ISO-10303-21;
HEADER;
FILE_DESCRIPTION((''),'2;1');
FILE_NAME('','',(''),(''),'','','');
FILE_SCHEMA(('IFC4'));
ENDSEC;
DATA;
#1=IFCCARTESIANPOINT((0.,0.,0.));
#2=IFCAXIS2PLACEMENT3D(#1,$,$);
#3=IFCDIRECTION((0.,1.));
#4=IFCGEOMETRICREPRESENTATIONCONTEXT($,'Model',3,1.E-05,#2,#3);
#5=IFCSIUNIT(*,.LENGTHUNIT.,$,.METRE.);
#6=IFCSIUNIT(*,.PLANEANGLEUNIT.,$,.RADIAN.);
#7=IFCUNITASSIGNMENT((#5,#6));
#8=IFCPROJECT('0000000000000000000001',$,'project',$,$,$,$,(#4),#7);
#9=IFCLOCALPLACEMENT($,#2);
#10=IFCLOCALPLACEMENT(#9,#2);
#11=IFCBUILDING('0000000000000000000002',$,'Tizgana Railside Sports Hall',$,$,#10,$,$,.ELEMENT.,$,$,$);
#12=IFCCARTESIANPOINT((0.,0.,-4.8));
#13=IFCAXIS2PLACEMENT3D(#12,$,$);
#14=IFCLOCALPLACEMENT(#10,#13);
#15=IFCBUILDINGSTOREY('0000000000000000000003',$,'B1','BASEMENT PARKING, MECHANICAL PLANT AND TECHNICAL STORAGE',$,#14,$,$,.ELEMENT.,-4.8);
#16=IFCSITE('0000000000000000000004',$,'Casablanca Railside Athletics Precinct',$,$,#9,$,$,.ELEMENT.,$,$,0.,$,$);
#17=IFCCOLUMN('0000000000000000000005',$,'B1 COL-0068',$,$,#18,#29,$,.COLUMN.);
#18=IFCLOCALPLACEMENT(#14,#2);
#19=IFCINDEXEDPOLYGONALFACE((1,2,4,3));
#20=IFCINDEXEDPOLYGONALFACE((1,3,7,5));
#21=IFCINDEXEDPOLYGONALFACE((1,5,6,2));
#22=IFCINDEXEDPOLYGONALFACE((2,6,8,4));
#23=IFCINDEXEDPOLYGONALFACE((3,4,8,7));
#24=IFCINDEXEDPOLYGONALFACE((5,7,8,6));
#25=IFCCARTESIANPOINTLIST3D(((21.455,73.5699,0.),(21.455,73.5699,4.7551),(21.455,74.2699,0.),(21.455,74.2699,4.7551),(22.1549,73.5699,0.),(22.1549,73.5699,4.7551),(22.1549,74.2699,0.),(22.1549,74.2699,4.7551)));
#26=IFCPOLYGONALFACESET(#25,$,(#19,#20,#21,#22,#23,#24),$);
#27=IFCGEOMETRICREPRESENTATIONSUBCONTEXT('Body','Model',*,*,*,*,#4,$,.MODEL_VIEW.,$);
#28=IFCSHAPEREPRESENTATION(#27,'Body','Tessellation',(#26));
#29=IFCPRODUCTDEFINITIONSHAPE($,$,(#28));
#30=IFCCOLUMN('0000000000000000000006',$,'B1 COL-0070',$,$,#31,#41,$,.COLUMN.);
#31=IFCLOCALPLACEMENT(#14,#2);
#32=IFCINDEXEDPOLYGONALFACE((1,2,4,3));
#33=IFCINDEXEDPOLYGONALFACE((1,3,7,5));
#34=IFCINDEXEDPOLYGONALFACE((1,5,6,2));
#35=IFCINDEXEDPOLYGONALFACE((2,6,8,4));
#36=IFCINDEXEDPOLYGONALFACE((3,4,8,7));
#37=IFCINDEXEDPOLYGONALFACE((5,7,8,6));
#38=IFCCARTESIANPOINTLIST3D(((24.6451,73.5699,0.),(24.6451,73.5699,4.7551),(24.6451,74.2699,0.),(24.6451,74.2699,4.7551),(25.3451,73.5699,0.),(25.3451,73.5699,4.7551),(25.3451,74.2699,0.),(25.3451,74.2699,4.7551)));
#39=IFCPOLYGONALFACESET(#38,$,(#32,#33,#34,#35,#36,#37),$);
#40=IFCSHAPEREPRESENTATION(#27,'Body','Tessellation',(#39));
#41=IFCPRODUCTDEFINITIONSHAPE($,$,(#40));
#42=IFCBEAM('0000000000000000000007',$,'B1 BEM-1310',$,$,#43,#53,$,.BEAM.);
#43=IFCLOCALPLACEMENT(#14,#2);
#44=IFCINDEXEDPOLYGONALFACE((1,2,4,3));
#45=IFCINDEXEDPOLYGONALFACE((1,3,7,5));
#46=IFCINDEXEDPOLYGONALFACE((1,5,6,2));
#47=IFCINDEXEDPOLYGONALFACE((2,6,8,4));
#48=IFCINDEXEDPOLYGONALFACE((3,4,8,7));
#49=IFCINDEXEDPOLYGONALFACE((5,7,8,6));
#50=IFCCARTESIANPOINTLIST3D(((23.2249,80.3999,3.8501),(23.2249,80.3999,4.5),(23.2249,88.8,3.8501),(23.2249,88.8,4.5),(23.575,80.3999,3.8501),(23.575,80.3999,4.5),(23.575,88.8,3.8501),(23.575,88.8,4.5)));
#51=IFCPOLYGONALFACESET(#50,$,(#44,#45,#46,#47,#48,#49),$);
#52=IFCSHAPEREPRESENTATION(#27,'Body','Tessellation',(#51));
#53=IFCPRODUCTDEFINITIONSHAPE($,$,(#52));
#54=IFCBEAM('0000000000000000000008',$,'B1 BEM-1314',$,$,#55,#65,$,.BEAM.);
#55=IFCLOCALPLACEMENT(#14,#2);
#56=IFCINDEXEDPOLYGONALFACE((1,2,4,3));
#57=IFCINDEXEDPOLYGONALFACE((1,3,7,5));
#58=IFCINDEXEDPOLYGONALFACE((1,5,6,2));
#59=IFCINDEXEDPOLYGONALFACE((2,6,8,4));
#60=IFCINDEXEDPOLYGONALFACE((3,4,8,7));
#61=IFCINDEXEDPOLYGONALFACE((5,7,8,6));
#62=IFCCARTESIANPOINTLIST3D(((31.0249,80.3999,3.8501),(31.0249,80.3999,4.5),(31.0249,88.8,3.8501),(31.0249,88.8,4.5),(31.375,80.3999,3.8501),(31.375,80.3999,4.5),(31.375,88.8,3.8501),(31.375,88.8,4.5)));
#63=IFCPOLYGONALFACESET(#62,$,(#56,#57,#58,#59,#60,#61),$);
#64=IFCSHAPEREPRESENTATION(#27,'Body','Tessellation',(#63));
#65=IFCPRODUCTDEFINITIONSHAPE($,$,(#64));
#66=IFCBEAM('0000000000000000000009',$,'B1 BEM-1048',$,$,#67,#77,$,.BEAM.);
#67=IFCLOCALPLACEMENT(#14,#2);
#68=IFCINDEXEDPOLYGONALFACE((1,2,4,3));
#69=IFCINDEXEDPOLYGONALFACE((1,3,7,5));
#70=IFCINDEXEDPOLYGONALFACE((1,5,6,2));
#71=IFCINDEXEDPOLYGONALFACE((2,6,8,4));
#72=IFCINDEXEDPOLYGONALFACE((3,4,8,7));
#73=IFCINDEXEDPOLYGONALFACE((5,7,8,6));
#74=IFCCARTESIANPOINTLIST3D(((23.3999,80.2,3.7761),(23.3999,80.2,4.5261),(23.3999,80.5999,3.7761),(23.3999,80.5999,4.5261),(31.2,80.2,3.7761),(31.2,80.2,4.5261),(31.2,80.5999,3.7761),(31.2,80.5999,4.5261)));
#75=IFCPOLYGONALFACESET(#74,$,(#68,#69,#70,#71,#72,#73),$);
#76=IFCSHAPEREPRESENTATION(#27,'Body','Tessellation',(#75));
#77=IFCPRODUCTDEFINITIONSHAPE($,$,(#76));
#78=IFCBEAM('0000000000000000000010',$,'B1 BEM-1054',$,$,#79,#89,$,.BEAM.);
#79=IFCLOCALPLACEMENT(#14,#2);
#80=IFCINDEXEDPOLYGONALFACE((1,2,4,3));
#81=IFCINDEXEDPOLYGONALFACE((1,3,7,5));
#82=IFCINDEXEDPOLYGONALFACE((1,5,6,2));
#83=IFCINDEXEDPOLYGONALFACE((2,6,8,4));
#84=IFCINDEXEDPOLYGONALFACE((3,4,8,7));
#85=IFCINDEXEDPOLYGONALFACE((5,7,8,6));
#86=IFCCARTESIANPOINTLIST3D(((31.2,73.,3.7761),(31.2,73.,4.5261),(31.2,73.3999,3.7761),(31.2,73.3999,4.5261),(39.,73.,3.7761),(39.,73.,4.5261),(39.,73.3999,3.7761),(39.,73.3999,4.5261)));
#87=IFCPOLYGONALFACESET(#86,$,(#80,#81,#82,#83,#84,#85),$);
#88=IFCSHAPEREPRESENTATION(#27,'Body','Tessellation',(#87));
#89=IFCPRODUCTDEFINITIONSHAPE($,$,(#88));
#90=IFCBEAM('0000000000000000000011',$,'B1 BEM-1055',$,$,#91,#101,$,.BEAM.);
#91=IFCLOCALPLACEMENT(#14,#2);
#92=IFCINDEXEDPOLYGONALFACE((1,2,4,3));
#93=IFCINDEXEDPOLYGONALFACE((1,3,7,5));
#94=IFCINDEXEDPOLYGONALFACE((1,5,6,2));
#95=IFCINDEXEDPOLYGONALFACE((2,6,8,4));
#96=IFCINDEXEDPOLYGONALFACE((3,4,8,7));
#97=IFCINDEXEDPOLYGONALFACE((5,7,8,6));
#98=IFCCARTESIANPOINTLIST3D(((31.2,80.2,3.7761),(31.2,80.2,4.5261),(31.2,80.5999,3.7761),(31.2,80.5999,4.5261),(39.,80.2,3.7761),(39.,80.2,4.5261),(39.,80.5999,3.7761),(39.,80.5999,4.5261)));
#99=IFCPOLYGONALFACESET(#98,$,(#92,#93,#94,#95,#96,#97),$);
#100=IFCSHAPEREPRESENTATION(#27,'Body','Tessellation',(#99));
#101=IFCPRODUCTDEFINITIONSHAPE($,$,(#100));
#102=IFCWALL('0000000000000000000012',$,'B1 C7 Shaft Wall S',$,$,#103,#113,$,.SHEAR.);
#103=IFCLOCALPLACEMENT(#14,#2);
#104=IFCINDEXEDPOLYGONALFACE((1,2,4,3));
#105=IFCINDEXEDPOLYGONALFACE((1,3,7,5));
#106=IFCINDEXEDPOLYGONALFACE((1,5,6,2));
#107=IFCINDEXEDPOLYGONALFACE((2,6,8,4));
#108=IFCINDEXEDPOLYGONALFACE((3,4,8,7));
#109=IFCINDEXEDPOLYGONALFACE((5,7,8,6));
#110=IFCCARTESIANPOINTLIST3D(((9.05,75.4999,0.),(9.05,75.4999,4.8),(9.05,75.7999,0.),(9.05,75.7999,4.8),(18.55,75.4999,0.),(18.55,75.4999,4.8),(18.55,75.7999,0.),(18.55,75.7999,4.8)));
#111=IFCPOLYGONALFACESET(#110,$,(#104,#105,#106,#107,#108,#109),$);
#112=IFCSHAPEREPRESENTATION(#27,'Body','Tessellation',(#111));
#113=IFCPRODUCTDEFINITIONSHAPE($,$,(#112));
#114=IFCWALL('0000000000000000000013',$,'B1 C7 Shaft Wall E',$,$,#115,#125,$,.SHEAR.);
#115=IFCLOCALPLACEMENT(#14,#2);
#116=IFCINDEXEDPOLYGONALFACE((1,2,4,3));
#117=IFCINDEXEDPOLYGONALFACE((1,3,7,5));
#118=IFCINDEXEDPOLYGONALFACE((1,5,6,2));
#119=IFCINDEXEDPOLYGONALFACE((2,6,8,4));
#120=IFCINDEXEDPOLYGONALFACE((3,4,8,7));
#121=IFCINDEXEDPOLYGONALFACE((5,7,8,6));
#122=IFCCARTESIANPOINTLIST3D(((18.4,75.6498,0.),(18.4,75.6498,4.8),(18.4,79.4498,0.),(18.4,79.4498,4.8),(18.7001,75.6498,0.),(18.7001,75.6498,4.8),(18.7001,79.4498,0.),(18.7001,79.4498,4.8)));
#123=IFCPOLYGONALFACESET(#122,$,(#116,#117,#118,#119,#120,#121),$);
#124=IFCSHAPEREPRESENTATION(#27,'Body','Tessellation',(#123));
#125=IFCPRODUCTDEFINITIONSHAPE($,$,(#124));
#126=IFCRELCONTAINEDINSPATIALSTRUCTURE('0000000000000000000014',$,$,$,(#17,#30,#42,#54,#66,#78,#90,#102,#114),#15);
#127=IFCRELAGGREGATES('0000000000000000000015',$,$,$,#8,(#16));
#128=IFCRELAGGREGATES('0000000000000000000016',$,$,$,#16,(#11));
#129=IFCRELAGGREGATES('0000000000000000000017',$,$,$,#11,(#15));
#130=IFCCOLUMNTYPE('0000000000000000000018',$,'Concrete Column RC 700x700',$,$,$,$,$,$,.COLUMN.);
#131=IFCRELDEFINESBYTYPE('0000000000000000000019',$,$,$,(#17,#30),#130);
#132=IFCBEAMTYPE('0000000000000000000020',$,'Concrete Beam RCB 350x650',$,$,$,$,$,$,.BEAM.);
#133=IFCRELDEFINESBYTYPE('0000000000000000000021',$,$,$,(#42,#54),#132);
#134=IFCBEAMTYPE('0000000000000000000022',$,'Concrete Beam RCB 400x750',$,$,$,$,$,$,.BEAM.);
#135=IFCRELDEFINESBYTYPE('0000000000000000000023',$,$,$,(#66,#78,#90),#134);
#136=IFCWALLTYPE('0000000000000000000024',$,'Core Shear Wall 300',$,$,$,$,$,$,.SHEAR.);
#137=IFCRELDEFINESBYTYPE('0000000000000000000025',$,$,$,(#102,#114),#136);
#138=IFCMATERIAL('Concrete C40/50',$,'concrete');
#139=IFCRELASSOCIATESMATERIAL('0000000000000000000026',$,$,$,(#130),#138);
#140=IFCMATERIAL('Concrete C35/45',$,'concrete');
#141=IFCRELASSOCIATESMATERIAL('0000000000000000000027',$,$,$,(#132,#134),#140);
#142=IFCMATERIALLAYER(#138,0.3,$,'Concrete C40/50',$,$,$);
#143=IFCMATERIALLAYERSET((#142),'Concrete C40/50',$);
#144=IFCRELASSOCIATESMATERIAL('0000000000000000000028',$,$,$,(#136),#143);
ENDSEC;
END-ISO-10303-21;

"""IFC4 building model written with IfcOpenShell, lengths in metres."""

from ifc_helpers import new_model, si_unit, direction, frame, frame_2d, origin, origin_2d, place, context, subcontext, project, spatial, rectangle, extrude, material, layer, layer_set, material_profile, profile_set, type_object, element, save


model = new_model("IFC4")

# Units and contexts
model_context = context("Model", 3, precision=1e-05, world=origin(), true_north=direction((0.0, 1.0)))
body_context = subcontext(model_context, "Body", "Model", "MODEL_VIEW")
ifc_project = project(units=[si_unit("LENGTHUNIT", "METRE"), si_unit("PLANEANGLEUNIT", "RADIAN")], contexts=[model_context])

# Site, building, storey
site_placement = place(None, origin())
site = spatial("IfcSite", under=ifc_project, at=site_placement, Name="Casablanca Railside Athletics Precinct", CompositionType="ELEMENT", RefElevation=0.0)
building_placement = place(site_placement, origin())
building = spatial("IfcBuilding", under=site, at=building_placement, Name="Tizgana Railside Sports Hall", CompositionType="ELEMENT")
storey_placement = place(building_placement, frame((0.0, 0.0, -4.8)))
storey = spatial("IfcBuildingStorey", under=building, at=storey_placement, Name="B1", Description="BASEMENT PARKING, MECHANICAL PLANT AND TECHNICAL STORAGE", CompositionType="ELEMENT", Elevation=-4.8)

# Shared definitions
ifc_material_1 = material(Name="Concrete C35/45", Category="concrete")

# Columns
ifc_material_2 = material(Name="Concrete C40/50", Category="concrete")
ifc_material_profile_1 = material_profile(ifc_material_2, rectangle(XDim=0.7, YDim=0.7, at=origin_2d()), Name="RC 700x700")
ifc_profile_set_1 = profile_set([ifc_material_profile_1], Name="Concrete C40/50")
column_type_1 = type_object("IfcColumnType", Name="Concrete Column RC 700x700", PredefinedType="COLUMN", material=ifc_profile_set_1)
for number, where, z_axis, x_axis, name in (
    (1, (21.8049, 73.9199, 0.0), (0.0, 0.0, 1.0), (1.0, 0.0, 0.0), "B1 COL-0068"),
    (2, (24.9951, 73.9199, 0.0), (0.0, 0.0, 1.0), (1.0, 0.0, 0.0), "B1 COL-0070"),
):
    element("IfcColumn", number, at=place(storey_placement, frame(where, z_axis=z_axis, x_axis=x_axis)), inside=storey, type_object=column_type_1, Name=name, PredefinedType="COLUMN", context=body_context, shape_type="SweptSolid", body=[
        extrude(rectangle(XDim=0.7, YDim=0.7, at=origin_2d()), origin(), (0.0, 0.0, 1.0), 4.7551),
    ])

# Beams
ifc_material_profile_2 = material_profile(ifc_material_1, rectangle(XDim=0.3501, YDim=0.6499, at=origin_2d()), Name="RCB 350x650")
ifc_profile_set_2 = profile_set([ifc_material_profile_2], Name="Concrete C35/45")
beam_type_1 = type_object("IfcBeamType", Name="Concrete Beam RCB 350x650", PredefinedType="BEAM", material=ifc_profile_set_2)
for number, where, z_axis, x_axis, name in (
    (3, (23.3999, 80.3999, 4.175), (0.0, 1.0, 0.0), (-1.0, 0.0, 0.0), "B1 BEM-1310"),
    (4, (31.2, 80.3999, 4.175), (0.0, 1.0, 0.0), (-1.0, 0.0, 0.0), "B1 BEM-1314"),
):
    element("IfcBeam", number, at=place(storey_placement, frame(where, z_axis=z_axis, x_axis=x_axis)), inside=storey, type_object=beam_type_1, Name=name, PredefinedType="BEAM", context=body_context, shape_type="SweptSolid", body=[
        extrude(rectangle(XDim=0.3501, YDim=0.6499, at=origin_2d()), origin(), (0.0, 0.0, 1.0), 8.4001),
    ])
ifc_material_profile_3 = material_profile(ifc_material_1, rectangle(XDim=0.3999, YDim=0.75, at=origin_2d()), Name="RCB 400x750")
ifc_profile_set_3 = profile_set([ifc_material_profile_3], Name="Concrete C35/45")
beam_type_2 = type_object("IfcBeamType", Name="Concrete Beam RCB 400x750", PredefinedType="BEAM", material=ifc_profile_set_3)
for number, where, z_axis, x_axis, name in (
    (5, (23.3999, 80.3999, 4.1511), (1.0, 0.0, 0.0), (0.0, 1.0, 0.0), "B1 BEM-1048"),
    (6, (31.2, 73.2, 4.1511), (1.0, 0.0, 0.0), (0.0, 1.0, 0.0), "B1 BEM-1054"),
    (7, (31.2, 80.3999, 4.1511), (1.0, 0.0, 0.0), (0.0, 1.0, 0.0), "B1 BEM-1055"),
):
    element("IfcBeam", number, at=place(storey_placement, frame(where, z_axis=z_axis, x_axis=x_axis)), inside=storey, type_object=beam_type_2, Name=name, PredefinedType="BEAM", context=body_context, shape_type="SweptSolid", body=[
        extrude(rectangle(XDim=0.3999, YDim=0.75, at=origin_2d()), origin(), (0.0, 0.0, 1.0), 7.8),
    ])

# Walls
ifc_layer = layer(ifc_material_2, 0.3, Name="Concrete C40/50")
ifc_layer_set = layer_set([ifc_layer], Name="Concrete C40/50")
wall_type = type_object("IfcWallType", Name="Core Shear Wall 300", PredefinedType="SHEAR", material=ifc_layer_set)
wall_1_placement = place(storey_placement, frame((18.55, 75.6499, 0.0), z_axis=(0.0, 0.0, 1.0), x_axis=(-1.0, 0.0, 0.0)))
element("IfcWall", 8, at=wall_1_placement, inside=storey, type_object=wall_type, Name="B1 C7 Shaft Wall S", PredefinedType="SHEAR", context=body_context, shape_type="SweptSolid", body=[
    extrude(rectangle(XDim=9.5, YDim=0.3, at=frame_2d((4.75, 0.0))), origin(), (0.0, 0.0, 1.0), 4.8),
])
wall_2_placement = place(storey_placement, frame((18.55, 75.6499, 0.0), z_axis=(0.0, 0.0, 1.0), x_axis=(0.0, 1.0, 0.0)))
element("IfcWall", 9, at=wall_2_placement, inside=storey, type_object=wall_type, Name="B1 C7 Shaft Wall E", PredefinedType="SHEAR", context=body_context, shape_type="SweptSolid", body=[
    extrude(rectangle(XDim=3.8, YDim=0.3, at=frame_2d((1.8999, 0.0))), origin(), (0.0, 0.0, 1.0), 4.8),
])

save(model, "model.ifc")
